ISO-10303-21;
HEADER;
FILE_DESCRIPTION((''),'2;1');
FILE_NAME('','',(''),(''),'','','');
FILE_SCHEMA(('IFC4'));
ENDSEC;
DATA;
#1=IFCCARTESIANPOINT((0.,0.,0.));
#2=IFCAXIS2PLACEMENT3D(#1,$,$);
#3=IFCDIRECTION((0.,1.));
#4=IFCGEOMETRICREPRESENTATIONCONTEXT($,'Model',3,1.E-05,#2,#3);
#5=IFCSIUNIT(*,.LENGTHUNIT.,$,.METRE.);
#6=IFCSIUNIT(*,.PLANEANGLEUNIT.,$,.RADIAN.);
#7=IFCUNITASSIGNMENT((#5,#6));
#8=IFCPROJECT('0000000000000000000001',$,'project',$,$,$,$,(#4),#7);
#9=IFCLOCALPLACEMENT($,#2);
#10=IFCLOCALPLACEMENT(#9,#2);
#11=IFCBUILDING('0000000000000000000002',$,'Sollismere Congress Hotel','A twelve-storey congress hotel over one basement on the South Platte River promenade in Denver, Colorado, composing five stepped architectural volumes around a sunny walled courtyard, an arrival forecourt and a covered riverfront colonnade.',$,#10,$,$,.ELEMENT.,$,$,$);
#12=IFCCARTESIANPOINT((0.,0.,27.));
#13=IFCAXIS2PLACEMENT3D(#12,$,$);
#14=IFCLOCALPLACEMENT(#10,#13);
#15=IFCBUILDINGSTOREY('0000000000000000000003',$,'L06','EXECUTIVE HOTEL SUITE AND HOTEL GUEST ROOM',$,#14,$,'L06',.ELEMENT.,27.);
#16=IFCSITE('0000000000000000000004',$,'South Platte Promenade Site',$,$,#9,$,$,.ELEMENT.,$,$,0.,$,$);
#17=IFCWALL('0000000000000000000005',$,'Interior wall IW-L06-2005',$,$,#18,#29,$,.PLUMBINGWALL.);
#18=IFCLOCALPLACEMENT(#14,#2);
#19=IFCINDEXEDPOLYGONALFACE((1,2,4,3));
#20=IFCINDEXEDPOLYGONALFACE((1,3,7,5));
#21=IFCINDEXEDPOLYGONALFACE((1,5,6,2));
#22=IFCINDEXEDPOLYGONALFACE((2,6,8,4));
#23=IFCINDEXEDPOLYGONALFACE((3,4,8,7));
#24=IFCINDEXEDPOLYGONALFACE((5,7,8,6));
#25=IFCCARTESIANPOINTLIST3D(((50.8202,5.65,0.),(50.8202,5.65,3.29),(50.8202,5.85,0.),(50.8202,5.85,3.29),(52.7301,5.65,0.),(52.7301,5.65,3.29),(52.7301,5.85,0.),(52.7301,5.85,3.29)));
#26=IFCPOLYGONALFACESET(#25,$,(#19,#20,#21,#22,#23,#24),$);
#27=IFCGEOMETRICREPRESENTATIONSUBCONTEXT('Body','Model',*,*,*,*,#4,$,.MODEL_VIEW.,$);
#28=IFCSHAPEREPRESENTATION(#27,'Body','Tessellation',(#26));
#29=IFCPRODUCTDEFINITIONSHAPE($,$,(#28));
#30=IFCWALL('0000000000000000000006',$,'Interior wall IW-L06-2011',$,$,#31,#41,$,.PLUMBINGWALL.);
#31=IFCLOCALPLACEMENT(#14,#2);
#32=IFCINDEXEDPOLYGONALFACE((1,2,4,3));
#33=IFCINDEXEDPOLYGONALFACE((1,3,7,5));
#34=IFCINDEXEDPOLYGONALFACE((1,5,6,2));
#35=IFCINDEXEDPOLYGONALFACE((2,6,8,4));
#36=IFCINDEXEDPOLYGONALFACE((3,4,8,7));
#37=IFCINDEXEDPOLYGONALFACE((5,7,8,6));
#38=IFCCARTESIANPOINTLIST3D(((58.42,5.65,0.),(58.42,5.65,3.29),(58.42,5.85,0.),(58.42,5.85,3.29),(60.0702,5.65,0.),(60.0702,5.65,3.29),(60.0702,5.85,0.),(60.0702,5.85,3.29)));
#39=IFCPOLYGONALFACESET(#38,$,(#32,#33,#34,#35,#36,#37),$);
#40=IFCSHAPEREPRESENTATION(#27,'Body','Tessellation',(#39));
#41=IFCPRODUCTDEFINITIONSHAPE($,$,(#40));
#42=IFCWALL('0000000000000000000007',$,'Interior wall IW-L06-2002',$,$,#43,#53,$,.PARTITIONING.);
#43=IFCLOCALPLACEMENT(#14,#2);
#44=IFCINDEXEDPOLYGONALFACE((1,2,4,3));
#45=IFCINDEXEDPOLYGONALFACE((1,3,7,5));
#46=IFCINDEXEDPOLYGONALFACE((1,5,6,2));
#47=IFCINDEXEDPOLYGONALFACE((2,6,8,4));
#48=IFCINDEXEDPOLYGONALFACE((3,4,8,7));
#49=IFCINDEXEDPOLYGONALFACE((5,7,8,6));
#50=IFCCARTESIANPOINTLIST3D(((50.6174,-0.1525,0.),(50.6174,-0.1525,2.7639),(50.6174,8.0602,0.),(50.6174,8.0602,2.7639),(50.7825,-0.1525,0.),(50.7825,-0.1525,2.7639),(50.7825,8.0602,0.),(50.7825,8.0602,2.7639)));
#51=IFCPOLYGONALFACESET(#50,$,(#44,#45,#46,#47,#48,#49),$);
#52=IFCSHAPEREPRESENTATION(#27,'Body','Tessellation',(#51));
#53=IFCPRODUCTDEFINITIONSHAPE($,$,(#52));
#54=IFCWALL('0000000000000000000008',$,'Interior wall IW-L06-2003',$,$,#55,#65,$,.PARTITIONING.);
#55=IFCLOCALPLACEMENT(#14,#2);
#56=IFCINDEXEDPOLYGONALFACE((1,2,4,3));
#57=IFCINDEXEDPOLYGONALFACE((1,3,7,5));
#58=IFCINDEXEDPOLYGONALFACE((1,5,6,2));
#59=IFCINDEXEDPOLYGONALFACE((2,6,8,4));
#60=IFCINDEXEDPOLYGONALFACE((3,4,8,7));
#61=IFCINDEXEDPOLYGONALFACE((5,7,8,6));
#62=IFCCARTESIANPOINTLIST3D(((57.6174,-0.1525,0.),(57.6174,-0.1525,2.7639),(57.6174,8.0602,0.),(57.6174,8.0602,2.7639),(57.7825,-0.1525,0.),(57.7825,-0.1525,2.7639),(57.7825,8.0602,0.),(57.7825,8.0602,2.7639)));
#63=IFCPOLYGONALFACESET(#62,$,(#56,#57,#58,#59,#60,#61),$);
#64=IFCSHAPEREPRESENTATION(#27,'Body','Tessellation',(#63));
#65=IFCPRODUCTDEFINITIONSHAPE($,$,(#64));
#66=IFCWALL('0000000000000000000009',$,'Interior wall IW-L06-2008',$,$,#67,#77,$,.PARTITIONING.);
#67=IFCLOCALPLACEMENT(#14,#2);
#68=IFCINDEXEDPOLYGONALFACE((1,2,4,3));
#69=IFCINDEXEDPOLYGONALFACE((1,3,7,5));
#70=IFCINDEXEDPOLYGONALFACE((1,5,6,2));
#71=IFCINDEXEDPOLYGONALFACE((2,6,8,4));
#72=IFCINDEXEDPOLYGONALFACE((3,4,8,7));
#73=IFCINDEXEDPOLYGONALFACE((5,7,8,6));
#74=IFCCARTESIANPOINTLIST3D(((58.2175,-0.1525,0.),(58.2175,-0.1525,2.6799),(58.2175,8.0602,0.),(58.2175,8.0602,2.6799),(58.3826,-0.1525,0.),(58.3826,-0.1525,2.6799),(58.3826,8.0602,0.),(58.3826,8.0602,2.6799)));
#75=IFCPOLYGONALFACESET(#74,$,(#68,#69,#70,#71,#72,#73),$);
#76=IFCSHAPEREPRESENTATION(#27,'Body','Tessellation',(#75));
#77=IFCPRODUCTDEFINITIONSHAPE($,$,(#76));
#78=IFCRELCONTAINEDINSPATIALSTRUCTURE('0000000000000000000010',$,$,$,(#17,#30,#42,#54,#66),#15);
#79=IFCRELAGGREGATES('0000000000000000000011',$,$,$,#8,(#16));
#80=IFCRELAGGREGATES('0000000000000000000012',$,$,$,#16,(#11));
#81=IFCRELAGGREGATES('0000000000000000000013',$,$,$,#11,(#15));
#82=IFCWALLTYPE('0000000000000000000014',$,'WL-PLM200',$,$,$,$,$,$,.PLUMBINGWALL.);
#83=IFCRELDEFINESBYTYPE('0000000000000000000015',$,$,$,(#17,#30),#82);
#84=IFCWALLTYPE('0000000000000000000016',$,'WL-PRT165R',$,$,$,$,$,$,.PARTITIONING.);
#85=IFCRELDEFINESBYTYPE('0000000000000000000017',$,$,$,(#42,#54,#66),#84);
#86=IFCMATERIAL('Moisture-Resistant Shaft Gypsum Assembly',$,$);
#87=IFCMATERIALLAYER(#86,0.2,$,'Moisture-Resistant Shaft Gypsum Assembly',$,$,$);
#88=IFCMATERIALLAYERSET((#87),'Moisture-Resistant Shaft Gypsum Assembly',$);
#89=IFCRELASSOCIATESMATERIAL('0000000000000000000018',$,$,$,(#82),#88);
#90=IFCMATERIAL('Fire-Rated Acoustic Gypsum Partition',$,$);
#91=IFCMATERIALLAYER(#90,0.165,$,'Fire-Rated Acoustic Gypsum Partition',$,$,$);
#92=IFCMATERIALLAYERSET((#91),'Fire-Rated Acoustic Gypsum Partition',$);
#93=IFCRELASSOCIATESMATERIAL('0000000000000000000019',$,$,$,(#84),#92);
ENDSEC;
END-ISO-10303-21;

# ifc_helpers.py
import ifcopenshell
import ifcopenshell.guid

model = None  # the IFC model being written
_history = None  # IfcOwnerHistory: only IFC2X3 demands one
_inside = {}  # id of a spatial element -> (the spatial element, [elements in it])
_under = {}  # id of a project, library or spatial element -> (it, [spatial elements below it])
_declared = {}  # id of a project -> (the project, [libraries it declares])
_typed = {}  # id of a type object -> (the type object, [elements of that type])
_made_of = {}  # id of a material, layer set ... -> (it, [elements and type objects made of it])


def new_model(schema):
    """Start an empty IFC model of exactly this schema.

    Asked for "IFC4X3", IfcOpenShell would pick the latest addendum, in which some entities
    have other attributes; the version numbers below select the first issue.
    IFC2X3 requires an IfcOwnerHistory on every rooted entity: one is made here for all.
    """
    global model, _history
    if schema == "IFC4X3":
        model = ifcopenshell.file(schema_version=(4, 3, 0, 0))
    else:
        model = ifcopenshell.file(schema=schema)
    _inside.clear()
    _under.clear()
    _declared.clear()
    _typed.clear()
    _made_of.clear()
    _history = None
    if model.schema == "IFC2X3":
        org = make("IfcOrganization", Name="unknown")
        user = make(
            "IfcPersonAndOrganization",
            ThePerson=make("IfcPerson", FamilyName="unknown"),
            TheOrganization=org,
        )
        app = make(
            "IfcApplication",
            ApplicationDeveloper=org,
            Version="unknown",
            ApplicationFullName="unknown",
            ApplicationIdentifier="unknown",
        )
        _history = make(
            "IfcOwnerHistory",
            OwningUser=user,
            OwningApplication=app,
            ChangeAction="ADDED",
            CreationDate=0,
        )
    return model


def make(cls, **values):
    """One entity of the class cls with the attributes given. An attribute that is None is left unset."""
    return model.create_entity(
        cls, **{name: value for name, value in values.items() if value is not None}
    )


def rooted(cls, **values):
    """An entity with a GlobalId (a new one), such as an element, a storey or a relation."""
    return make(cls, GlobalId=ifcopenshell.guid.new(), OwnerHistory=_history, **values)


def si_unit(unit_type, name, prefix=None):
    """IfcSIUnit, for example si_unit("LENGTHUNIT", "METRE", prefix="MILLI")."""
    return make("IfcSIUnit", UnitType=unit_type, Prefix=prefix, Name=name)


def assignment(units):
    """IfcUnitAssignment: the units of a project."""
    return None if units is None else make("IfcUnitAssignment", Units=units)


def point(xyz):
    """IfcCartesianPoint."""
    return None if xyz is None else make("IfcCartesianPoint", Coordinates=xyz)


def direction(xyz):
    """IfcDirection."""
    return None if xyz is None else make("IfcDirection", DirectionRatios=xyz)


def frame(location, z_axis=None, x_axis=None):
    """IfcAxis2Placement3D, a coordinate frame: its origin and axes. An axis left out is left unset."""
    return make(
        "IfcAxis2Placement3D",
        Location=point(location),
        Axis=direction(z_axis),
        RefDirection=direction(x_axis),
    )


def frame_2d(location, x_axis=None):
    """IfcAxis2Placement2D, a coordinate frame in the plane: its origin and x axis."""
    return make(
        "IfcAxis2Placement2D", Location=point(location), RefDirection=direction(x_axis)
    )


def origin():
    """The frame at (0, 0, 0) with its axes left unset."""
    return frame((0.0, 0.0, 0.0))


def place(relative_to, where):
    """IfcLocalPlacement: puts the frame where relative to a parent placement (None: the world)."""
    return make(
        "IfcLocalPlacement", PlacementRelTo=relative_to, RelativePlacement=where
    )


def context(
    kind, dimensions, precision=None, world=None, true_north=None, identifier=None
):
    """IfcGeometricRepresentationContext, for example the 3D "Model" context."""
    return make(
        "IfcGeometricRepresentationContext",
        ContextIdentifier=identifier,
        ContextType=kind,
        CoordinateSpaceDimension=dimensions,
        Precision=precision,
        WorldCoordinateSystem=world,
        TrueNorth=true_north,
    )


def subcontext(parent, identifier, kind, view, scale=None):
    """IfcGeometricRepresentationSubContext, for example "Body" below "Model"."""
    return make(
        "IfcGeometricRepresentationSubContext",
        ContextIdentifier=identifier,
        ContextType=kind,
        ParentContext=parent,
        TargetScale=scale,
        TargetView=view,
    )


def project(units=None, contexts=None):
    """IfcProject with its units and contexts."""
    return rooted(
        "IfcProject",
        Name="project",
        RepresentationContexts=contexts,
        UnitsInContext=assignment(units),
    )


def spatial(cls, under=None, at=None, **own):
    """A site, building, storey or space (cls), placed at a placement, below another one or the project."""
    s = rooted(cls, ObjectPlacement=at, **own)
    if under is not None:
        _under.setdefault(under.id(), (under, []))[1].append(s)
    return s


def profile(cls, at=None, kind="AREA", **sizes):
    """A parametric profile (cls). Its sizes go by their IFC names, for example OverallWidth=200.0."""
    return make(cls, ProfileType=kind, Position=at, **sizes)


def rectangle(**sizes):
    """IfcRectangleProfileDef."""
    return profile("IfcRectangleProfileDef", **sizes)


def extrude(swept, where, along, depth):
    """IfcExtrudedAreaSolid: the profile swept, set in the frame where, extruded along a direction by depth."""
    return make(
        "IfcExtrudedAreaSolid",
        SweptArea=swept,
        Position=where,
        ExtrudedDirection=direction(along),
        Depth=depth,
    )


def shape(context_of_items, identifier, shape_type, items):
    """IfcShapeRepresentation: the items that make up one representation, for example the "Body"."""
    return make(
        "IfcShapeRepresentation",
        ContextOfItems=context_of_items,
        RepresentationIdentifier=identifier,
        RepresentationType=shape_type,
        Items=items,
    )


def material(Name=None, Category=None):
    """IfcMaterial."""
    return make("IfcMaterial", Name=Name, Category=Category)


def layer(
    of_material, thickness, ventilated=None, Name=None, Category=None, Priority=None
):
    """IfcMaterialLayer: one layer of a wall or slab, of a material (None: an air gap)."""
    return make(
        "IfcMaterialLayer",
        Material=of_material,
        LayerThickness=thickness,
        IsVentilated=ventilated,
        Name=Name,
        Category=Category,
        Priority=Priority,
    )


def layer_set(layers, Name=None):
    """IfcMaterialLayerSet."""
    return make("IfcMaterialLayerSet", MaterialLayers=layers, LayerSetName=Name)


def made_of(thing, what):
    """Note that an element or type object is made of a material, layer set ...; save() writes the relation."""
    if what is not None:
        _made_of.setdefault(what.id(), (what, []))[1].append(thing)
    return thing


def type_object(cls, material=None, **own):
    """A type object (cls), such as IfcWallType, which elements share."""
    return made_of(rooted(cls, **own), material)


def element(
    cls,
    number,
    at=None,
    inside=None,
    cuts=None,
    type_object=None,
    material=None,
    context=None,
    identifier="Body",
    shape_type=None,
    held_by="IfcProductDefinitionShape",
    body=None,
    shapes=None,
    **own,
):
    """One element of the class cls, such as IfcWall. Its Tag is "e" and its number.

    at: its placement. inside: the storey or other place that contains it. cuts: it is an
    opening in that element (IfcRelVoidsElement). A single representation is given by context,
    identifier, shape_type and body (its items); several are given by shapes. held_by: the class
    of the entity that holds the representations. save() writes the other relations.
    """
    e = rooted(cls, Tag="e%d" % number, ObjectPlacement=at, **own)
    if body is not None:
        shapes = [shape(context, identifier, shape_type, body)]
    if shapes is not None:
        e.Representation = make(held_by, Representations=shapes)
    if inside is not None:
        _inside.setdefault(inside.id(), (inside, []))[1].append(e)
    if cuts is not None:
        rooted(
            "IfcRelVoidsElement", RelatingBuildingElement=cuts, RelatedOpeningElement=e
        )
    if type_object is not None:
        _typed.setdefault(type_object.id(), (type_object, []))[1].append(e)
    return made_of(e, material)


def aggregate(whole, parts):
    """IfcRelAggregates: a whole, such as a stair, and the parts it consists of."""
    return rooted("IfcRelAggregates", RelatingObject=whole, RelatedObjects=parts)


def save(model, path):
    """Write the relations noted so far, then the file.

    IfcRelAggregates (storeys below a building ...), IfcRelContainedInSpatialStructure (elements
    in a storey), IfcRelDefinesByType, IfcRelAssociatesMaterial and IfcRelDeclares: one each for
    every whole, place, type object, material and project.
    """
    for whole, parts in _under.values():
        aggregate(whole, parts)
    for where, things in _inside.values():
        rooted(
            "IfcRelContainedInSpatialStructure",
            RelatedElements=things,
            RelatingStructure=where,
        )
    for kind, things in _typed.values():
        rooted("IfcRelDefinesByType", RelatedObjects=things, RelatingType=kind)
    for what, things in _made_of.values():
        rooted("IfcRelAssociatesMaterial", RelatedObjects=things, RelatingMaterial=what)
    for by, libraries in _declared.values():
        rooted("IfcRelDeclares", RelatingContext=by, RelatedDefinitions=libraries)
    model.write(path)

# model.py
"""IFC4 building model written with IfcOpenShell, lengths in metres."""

from ifc_helpers import new_model, si_unit, direction, frame, frame_2d, origin, place, context, subcontext, project, spatial, rectangle, extrude, material, layer, layer_set, type_object, element, save


model = new_model("IFC4")

# Units and contexts
model_context = context("Model", 3, precision=1e-05, world=origin(), true_north=direction((0.0, 1.0)))
body_context = subcontext(model_context, "Body", "Model", "MODEL_VIEW")
ifc_project = project(units=[si_unit("LENGTHUNIT", "METRE"), si_unit("PLANEANGLEUNIT", "RADIAN")], contexts=[model_context])

# Site, building, storey
site_placement = place(None, origin())
site = spatial("IfcSite", under=ifc_project, at=site_placement, Name="South Platte Promenade Site", CompositionType="ELEMENT", RefElevation=0.0)
building_placement = place(site_placement, origin())
building = spatial("IfcBuilding", under=site, at=building_placement, Name="Sollismere Congress Hotel", Description="A twelve-storey congress hotel over one basement on the South Platte River promenade in Denver, Colorado, composing five stepped architectural volumes around a sunny walled courtyard, an arrival forecourt and a covered riverfront colonnade.", CompositionType="ELEMENT")
storey_placement = place(building_placement, frame((0.0, 0.0, 27.0)))
storey = spatial("IfcBuildingStorey", under=building, at=storey_placement, Name="L06", Description="EXECUTIVE HOTEL SUITE AND HOTEL GUEST ROOM", LongName="L06", CompositionType="ELEMENT", Elevation=27.0)

# Walls
ifc_material_1 = material(Name="Moisture-Resistant Shaft Gypsum Assembly")
ifc_layer_1 = layer(ifc_material_1, 0.2, Name="Moisture-Resistant Shaft Gypsum Assembly")
ifc_layer_set_1 = layer_set([ifc_layer_1], Name="Moisture-Resistant Shaft Gypsum Assembly")
wall_type_1 = type_object("IfcWallType", Name="WL-PLM200", PredefinedType="PLUMBINGWALL", material=ifc_layer_set_1)
wall_1_placement = place(storey_placement, frame((50.8201, 5.75, 0.0), z_axis=(0.0, 0.0, 1.0), x_axis=(1.0, 0.0, 0.0)))
element("IfcWall", 1, at=wall_1_placement, inside=storey, type_object=wall_type_1, Name="Interior wall IW-L06-2005", PredefinedType="PLUMBINGWALL", context=body_context, shape_type="SweptSolid", body=[
    extrude(rectangle(XDim=1.9099, YDim=0.2, at=frame_2d((0.9551, 0.0))), origin(), (0.0, 0.0, 1.0), 3.29),
])
wall_2_placement = place(storey_placement, frame((58.4199, 5.75, 0.0), z_axis=(0.0, 0.0, 1.0), x_axis=(1.0, 0.0, 0.0)))
element("IfcWall", 2, at=wall_2_placement, inside=storey, type_object=wall_type_1, Name="Interior wall IW-L06-2011", PredefinedType="PLUMBINGWALL", context=body_context, shape_type="SweptSolid", body=[
    extrude(rectangle(XDim=1.6501, YDim=0.2, at=frame_2d((0.8252, 0.0))), origin(), (0.0, 0.0, 1.0), 3.29),
])
ifc_material_2 = material(Name="Fire-Rated Acoustic Gypsum Partition")
ifc_layer_2 = layer(ifc_material_2, 0.165, Name="Fire-Rated Acoustic Gypsum Partition")
ifc_layer_set_2 = layer_set([ifc_layer_2], Name="Fire-Rated Acoustic Gypsum Partition")
wall_type_2 = type_object("IfcWallType", Name="WL-PRT165R", PredefinedType="PARTITIONING", material=ifc_layer_set_2)
for number, where, z_axis, x_axis, name in (
    (3, (50.7, -0.1526, 0.0), (0.0, 0.0, 1.0), (0.0, 1.0, 0.0), "Interior wall IW-L06-2002"),
    (4, (57.7, -0.1526, 0.0), (0.0, 0.0, 1.0), (0.0, 1.0, 0.0), "Interior wall IW-L06-2003"),
):
    element("IfcWall", number, at=place(storey_placement, frame(where, z_axis=z_axis, x_axis=x_axis)), inside=storey, type_object=wall_type_2, Name=name, PredefinedType="PARTITIONING", context=body_context, shape_type="SweptSolid", body=[
        extrude(rectangle(XDim=8.2126, YDim=0.165, at=frame_2d((4.1064, 0.0))), origin(), (0.0, 0.0, 1.0), 2.7639),
    ])
wall_3_placement = place(storey_placement, frame((58.3, -0.1526, 0.0), z_axis=(0.0, 0.0, 1.0), x_axis=(0.0, 1.0, 0.0)))
element("IfcWall", 5, at=wall_3_placement, inside=storey, type_object=wall_type_2, Name="Interior wall IW-L06-2008", PredefinedType="PARTITIONING", context=body_context, shape_type="SweptSolid", body=[
    extrude(rectangle(XDim=8.2126, YDim=0.165, at=frame_2d((4.1064, 0.0))), origin(), (0.0, 0.0, 1.0), 2.6799),
])

save(model, "model.ifc")
